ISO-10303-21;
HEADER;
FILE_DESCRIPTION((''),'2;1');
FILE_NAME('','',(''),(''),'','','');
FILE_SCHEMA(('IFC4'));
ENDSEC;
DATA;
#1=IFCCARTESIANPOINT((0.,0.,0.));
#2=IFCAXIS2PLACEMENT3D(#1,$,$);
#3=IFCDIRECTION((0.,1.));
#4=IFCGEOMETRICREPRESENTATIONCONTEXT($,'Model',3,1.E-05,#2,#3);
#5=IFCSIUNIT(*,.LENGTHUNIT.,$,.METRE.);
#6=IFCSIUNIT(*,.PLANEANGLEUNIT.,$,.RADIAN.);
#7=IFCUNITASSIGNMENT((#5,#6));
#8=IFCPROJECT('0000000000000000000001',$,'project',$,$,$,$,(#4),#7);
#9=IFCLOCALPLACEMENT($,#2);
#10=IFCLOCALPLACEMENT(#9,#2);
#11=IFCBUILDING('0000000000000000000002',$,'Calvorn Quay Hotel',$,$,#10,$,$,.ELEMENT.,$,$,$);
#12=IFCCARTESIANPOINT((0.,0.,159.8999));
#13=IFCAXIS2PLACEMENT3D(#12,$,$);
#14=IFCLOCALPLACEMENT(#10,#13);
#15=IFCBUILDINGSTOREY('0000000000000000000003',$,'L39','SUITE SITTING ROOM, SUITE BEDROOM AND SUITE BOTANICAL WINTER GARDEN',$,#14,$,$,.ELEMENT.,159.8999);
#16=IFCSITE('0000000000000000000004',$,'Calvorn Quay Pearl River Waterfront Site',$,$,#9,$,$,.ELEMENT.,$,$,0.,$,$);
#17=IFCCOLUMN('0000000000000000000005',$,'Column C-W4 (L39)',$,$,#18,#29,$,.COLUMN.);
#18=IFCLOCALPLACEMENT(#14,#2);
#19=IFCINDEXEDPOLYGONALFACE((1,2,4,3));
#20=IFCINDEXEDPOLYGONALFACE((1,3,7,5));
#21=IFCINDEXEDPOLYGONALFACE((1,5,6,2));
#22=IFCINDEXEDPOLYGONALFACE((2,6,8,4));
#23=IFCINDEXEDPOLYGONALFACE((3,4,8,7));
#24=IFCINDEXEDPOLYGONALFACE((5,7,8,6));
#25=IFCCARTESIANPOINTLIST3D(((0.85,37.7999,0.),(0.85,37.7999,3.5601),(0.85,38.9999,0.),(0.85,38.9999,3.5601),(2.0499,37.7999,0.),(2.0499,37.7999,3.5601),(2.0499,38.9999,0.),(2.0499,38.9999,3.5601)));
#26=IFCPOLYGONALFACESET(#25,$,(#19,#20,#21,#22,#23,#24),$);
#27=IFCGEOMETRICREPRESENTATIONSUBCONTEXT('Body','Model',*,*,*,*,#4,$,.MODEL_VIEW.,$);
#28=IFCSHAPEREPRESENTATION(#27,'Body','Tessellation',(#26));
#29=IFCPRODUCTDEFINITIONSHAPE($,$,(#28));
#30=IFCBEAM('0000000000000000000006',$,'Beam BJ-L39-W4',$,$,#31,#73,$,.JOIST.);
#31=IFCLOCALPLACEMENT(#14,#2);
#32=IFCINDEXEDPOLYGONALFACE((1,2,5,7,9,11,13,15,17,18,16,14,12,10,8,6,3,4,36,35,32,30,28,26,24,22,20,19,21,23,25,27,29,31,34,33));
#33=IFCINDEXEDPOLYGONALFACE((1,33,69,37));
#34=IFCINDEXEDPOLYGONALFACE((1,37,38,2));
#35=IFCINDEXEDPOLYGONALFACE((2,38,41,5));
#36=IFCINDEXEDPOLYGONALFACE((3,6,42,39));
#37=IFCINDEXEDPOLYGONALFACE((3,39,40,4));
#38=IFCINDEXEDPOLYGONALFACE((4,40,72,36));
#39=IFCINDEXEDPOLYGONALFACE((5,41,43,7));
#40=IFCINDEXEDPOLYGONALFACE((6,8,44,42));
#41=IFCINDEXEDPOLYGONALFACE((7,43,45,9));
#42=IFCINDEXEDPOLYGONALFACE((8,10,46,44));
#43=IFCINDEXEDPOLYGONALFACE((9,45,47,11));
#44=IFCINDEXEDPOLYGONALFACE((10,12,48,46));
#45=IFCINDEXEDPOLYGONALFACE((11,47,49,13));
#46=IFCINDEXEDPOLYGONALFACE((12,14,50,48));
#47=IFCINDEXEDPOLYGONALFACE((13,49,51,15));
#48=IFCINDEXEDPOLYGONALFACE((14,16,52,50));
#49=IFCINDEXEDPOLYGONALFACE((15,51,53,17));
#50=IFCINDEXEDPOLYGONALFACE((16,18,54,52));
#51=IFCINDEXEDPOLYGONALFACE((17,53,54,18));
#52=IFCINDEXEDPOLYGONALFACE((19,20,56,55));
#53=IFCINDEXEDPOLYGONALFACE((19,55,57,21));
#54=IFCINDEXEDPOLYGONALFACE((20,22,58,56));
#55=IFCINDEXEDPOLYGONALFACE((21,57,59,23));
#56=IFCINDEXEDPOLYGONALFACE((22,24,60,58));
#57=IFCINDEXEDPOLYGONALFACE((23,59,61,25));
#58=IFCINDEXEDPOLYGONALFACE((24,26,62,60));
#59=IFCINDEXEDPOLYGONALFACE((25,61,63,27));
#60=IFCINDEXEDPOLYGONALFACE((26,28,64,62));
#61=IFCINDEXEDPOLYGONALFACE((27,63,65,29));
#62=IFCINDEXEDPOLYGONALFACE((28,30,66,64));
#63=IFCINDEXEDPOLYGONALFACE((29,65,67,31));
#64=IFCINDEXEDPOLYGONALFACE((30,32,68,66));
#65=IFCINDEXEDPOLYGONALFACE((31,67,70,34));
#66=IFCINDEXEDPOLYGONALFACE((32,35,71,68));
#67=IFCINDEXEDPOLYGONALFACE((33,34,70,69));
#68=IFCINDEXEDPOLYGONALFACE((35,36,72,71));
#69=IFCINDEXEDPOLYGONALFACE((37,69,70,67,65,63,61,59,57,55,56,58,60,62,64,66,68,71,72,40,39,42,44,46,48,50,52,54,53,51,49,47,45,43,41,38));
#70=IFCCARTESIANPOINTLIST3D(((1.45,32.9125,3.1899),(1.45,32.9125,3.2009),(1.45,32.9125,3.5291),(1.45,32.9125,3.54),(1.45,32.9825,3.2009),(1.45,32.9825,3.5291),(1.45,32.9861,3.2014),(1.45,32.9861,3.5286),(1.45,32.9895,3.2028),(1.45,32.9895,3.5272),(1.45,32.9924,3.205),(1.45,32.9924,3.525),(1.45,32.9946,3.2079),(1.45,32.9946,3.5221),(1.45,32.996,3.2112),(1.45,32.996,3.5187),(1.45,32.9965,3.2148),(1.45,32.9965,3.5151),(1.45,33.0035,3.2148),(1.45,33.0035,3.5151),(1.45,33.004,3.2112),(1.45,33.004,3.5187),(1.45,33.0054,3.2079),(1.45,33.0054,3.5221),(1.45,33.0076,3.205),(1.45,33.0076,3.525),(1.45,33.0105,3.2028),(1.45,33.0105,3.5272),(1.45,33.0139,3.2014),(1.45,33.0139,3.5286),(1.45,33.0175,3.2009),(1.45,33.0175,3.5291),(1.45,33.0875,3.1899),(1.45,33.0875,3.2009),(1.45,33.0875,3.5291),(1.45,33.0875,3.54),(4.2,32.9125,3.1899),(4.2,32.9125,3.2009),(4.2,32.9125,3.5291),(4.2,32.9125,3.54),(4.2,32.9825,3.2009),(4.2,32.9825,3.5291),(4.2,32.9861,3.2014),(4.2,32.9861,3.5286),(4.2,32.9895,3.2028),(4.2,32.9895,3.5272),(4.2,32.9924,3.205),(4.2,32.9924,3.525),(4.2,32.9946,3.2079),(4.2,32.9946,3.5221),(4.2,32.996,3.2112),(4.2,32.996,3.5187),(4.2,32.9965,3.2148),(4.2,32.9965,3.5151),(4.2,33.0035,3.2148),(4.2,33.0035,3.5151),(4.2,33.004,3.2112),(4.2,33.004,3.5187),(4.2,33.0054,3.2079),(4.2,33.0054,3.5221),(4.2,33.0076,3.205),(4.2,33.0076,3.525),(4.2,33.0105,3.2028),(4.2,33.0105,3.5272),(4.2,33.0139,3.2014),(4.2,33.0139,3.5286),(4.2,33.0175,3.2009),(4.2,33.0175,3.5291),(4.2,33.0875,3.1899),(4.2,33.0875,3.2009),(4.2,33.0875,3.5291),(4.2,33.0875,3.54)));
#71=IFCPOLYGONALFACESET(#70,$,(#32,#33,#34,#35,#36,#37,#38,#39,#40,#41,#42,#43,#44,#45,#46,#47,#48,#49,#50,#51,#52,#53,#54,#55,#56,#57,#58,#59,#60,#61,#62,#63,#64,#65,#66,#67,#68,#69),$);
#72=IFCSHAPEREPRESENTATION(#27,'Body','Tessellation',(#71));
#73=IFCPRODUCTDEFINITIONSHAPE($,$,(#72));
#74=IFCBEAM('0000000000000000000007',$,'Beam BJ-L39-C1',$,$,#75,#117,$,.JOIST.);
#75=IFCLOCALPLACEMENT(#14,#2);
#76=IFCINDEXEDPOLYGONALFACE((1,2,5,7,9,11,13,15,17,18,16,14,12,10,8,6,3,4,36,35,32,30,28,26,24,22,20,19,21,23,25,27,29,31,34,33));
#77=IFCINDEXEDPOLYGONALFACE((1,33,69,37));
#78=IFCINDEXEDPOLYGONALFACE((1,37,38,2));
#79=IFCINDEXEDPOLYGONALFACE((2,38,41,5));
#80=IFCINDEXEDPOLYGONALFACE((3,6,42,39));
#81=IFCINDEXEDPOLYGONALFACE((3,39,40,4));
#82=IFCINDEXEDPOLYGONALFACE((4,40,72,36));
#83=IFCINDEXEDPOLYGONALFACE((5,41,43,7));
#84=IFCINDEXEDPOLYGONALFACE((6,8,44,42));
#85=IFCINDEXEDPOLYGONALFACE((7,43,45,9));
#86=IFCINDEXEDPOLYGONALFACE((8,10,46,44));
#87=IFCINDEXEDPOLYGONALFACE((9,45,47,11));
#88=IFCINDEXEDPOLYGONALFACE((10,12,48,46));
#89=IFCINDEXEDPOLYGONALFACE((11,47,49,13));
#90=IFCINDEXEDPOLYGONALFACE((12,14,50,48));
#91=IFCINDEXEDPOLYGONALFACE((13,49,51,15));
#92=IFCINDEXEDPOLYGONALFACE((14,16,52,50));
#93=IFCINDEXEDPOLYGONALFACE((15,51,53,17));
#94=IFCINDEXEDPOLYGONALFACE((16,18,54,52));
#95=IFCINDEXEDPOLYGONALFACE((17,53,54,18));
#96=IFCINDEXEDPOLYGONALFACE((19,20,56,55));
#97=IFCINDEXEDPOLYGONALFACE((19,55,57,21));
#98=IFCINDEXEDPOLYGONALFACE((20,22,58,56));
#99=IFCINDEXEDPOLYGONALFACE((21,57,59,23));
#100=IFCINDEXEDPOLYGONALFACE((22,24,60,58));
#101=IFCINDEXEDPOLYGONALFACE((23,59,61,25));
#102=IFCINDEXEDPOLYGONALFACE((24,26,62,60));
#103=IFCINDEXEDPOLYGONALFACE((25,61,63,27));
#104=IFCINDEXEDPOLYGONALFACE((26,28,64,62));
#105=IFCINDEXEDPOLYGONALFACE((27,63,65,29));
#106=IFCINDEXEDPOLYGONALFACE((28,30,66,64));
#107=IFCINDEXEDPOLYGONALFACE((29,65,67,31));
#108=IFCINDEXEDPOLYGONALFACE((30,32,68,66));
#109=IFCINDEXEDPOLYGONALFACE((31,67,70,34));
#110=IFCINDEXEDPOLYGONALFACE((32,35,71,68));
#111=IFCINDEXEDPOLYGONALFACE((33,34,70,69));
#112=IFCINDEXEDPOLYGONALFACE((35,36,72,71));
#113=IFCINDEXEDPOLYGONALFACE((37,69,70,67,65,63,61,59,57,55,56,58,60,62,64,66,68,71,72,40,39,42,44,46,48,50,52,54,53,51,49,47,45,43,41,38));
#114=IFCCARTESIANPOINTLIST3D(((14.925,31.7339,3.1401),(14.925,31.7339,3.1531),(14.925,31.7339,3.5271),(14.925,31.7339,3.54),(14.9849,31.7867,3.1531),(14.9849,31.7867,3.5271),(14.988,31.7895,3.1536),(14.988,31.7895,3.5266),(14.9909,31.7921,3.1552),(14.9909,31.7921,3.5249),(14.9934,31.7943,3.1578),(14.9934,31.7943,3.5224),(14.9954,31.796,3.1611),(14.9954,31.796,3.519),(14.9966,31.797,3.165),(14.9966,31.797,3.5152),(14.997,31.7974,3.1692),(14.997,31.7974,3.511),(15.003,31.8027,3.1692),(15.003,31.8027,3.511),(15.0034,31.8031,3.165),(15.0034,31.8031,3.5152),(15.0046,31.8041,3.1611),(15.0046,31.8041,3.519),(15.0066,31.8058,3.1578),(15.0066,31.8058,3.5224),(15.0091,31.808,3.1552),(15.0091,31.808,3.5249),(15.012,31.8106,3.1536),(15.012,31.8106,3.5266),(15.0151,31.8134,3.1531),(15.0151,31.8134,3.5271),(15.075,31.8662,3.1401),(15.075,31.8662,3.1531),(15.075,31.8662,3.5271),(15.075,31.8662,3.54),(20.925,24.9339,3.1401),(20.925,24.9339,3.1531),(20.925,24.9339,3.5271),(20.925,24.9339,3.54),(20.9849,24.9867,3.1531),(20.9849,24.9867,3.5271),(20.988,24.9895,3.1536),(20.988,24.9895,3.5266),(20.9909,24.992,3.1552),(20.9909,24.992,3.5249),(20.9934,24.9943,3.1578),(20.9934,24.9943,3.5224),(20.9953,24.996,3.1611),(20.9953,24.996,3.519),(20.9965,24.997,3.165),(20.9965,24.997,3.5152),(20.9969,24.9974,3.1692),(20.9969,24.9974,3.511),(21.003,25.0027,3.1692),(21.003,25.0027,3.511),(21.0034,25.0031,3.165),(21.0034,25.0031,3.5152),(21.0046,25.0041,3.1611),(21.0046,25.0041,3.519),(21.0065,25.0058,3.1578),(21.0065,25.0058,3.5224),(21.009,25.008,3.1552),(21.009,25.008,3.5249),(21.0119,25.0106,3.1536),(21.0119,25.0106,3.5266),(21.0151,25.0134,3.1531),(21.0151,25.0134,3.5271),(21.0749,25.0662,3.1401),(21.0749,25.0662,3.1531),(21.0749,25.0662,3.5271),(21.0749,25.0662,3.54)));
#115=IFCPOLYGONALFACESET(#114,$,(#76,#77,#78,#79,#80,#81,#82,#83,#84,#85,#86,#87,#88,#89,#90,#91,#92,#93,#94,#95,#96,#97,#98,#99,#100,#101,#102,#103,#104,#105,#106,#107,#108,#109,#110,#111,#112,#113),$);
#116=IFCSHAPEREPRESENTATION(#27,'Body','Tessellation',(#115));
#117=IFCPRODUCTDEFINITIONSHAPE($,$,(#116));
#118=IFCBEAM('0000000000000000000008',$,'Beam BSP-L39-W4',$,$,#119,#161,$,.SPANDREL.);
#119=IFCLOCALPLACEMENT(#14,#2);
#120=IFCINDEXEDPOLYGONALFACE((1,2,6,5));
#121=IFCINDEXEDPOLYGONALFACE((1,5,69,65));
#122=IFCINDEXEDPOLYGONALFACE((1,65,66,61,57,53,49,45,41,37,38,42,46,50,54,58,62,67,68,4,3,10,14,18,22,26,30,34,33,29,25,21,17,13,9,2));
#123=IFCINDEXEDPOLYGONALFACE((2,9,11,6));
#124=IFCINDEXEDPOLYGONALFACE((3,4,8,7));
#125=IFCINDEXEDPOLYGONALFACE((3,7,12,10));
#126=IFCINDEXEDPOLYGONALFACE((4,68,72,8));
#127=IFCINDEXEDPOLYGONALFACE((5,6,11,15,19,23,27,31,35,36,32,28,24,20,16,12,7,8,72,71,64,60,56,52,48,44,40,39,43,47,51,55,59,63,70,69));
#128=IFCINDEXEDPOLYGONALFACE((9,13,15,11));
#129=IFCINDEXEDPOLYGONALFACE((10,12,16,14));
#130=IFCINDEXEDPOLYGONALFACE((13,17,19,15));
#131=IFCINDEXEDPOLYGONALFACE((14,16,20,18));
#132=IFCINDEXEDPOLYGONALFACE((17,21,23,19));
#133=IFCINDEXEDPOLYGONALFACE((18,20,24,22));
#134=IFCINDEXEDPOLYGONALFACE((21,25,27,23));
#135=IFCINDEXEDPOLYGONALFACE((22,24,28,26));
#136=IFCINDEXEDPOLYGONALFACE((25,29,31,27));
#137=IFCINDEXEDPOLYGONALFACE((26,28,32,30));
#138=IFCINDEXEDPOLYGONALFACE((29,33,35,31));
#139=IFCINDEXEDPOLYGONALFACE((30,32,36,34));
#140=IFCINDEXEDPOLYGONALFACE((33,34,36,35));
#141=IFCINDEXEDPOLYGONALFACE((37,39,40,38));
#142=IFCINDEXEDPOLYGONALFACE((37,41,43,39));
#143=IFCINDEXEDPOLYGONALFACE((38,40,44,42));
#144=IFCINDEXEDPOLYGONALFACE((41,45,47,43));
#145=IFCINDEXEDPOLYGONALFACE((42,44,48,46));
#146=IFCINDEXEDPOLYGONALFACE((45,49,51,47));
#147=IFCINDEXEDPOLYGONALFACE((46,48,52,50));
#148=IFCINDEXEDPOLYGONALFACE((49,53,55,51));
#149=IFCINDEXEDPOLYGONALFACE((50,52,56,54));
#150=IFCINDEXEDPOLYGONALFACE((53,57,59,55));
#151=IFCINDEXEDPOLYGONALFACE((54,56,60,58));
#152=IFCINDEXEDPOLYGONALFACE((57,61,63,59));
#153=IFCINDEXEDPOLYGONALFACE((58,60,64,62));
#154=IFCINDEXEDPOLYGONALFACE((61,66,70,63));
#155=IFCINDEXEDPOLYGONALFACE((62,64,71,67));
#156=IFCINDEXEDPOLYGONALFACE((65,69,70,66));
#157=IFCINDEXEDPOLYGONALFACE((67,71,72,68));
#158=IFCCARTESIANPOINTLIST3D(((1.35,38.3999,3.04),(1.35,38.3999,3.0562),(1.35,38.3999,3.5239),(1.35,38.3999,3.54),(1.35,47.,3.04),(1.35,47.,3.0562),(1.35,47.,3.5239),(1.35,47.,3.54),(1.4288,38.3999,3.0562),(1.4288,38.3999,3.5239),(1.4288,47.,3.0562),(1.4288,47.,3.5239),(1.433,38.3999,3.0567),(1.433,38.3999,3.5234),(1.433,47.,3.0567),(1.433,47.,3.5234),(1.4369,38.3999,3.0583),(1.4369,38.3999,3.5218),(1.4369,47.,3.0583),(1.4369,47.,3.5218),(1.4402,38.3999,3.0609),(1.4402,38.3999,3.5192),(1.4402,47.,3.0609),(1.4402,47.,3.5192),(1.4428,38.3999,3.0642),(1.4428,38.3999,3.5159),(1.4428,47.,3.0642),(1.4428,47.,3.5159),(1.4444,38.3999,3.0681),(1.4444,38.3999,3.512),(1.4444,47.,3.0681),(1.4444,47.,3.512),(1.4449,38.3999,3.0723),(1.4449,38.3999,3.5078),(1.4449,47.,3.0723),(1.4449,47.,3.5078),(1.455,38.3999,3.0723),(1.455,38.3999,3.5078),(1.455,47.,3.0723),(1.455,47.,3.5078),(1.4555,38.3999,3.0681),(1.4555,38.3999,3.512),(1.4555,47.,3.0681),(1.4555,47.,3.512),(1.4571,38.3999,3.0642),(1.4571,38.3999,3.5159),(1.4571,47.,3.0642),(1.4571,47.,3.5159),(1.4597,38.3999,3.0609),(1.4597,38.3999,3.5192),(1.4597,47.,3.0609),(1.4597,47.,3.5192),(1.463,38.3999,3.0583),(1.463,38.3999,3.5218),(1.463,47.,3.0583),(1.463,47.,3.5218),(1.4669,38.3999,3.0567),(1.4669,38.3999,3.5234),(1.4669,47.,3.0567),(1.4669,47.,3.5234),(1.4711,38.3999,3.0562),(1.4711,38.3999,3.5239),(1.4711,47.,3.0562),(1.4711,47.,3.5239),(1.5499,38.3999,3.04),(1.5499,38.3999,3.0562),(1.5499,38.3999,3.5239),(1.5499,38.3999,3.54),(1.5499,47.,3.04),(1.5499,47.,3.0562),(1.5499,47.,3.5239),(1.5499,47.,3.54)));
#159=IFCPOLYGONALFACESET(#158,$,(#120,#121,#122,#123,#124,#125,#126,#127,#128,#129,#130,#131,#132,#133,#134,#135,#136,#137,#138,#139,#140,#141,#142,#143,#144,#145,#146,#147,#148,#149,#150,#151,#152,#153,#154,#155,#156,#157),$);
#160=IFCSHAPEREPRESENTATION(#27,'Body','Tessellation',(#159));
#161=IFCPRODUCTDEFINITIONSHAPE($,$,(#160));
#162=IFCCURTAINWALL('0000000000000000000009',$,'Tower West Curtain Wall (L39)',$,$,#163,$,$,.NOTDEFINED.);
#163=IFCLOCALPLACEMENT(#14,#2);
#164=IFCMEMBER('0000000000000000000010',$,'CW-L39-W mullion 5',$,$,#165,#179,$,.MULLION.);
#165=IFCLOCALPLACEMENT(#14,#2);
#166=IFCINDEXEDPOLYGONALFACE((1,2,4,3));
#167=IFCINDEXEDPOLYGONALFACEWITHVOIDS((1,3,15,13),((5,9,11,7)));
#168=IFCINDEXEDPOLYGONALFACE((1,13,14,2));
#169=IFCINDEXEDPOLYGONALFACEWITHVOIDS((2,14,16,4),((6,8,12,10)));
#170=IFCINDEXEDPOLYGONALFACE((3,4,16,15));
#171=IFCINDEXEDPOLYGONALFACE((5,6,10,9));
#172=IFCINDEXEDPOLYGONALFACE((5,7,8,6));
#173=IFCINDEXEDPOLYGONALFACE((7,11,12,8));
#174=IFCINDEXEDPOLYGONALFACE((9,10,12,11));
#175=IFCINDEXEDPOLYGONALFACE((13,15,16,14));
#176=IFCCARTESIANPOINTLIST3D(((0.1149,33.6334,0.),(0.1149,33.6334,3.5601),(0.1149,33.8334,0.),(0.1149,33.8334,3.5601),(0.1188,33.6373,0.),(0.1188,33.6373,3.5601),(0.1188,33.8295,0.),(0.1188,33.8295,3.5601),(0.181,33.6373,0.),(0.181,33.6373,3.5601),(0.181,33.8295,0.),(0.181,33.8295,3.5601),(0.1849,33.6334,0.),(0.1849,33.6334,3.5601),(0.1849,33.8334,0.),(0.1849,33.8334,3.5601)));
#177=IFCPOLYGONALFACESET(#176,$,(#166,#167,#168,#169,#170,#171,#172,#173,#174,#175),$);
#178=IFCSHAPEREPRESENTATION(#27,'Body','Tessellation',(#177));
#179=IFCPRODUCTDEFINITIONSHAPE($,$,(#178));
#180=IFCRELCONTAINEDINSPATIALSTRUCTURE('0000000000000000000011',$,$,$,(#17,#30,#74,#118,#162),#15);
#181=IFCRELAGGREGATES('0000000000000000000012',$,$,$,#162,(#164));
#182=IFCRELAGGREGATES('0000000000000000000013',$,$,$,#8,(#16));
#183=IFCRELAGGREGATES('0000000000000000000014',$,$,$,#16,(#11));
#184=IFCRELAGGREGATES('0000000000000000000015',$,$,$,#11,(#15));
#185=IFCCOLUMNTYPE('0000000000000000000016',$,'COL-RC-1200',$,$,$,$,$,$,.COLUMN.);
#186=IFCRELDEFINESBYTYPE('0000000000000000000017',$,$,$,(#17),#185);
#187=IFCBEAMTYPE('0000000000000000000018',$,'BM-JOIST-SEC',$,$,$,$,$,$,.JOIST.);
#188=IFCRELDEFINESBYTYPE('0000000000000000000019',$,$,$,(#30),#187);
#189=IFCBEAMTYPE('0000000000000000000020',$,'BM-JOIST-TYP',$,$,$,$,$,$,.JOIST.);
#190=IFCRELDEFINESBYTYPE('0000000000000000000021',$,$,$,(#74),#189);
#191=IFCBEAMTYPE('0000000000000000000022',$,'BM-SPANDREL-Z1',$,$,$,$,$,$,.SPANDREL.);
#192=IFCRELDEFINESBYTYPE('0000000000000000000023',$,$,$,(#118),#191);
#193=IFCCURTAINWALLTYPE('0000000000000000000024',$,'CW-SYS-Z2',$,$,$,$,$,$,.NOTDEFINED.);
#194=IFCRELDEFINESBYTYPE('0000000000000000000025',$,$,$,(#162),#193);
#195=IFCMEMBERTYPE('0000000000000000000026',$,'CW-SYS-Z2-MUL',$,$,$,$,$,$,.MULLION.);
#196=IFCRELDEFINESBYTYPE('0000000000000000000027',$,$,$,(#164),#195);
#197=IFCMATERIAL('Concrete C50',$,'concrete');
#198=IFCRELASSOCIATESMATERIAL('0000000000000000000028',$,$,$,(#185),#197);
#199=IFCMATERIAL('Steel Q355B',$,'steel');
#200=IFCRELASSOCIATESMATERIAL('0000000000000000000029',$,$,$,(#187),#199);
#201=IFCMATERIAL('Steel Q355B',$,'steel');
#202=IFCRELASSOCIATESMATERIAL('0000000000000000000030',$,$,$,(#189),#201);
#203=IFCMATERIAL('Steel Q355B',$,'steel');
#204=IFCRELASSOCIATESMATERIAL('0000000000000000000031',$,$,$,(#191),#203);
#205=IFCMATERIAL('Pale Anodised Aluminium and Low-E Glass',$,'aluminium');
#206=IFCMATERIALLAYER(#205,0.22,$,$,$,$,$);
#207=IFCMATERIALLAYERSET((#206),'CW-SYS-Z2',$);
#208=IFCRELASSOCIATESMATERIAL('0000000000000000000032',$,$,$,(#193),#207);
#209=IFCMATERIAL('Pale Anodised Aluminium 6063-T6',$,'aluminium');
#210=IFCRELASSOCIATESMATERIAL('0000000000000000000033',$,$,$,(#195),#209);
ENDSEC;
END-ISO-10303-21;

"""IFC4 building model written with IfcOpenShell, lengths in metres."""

from ifc_helpers import new_model, si_unit, direction, frame, origin, origin_2d, place, context, subcontext, project, spatial, rectangle, hollow_rectangle, i_section, extrude, material, layer, layer_set, material_profile, profile_set, type_object, element, aggregate, save


model = new_model("IFC4")

# Units and contexts
model_context = context("Model", 3, precision=1e-05, world=origin(), true_north=direction((0.0, 1.0)))
body_context = subcontext(model_context, "Body", "Model", "MODEL_VIEW")
ifc_project = project(units=[si_unit("LENGTHUNIT", "METRE"), si_unit("PLANEANGLEUNIT", "RADIAN")], contexts=[model_context])

# Site, building, storey
site_placement = place(None, origin())
site = spatial("IfcSite", under=ifc_project, at=site_placement, Name="Calvorn Quay Pearl River Waterfront Site", CompositionType="ELEMENT", RefElevation=0.0)
building_placement = place(site_placement, origin())
building = spatial("IfcBuilding", under=site, at=building_placement, Name="Calvorn Quay Hotel", CompositionType="ELEMENT")
storey_placement = place(building_placement, frame((0.0, 0.0, 159.8999)))
storey = spatial("IfcBuildingStorey", under=building, at=storey_placement, Name="L39", Description="SUITE SITTING ROOM, SUITE BEDROOM AND SUITE BOTANICAL WINTER GARDEN", CompositionType="ELEMENT", Elevation=159.8999)

# Column
ifc_material_1 = material(Name="Concrete C50", Category="concrete")
ifc_material_profile_1 = material_profile(ifc_material_1, rectangle(XDim=1.2, YDim=1.2, at=origin_2d()), Name="RC1200x1200")
ifc_profile_set_1 = profile_set([ifc_material_profile_1], Name="Concrete C50")
column_type = type_object("IfcColumnType", Name="COL-RC-1200", PredefinedType="COLUMN", material=ifc_profile_set_1)
column_placement = place(storey_placement, frame((1.45, 38.3999, 0.0), z_axis=(0.0, 0.0, 1.0), x_axis=(1.0, 0.0, 0.0)))
element("IfcColumn", 1, at=column_placement, inside=storey, type_object=column_type, Name="Column C-W4 (L39)", PredefinedType="COLUMN", context=body_context, shape_type="SweptSolid", body=[
    extrude(rectangle(XDim=1.2, YDim=1.2, at=origin_2d()), origin(), (0.0, 0.0, 1.0), 3.5601),
])

# Beams
ifc_material_2 = material(Name="Steel Q355B", Category="steel")
ifc_material_profile_2 = material_profile(ifc_material_2, i_section(OverallWidth=0.175, OverallDepth=0.3501, WebThickness=0.0071, FlangeThickness=0.011, FilletRadius=0.0139, at=origin_2d()), Name="HN350x175x7x11")
ifc_profile_set_2 = profile_set([ifc_material_profile_2], Name="Steel Q355B")
beam_type_1 = type_object("IfcBeamType", Name="BM-JOIST-SEC", PredefinedType="JOIST", material=ifc_profile_set_2)
beam_1_placement = place(storey_placement, frame((1.45, 33.0, 3.365), z_axis=(1.0, 0.0, 0.0), x_axis=(0.0, 1.0, 0.0)))
element("IfcBeam", 2, at=beam_1_placement, inside=storey, type_object=beam_type_1, Name="Beam BJ-L39-W4", PredefinedType="JOIST", context=body_context, shape_type="SweptSolid", body=[
    extrude(i_section(OverallWidth=0.175, OverallDepth=0.3501, WebThickness=0.0071, FlangeThickness=0.011, FilletRadius=0.0139, at=origin_2d()), origin(), (0.0, 0.0, 1.0), 2.75),
])
ifc_material_3 = material(Name="Steel Q355B", Category="steel")
ifc_material_profile_3 = material_profile(ifc_material_3, i_section(OverallWidth=0.2, OverallDepth=0.3999, WebThickness=0.0081, FlangeThickness=0.0129, FilletRadius=0.0161, at=origin_2d()), Name="HN400x200x8x13")
ifc_profile_set_3 = profile_set([ifc_material_profile_3], Name="Steel Q355B")
beam_type_2 = type_object("IfcBeamType", Name="BM-JOIST-TYP", PredefinedType="JOIST", material=ifc_profile_set_3)
beam_2_placement = place(storey_placement, frame((15.0, 31.8, 3.3401), z_axis=(0.661619, -0.74984, 0.0), x_axis=(0.74984, 0.661619, 0.0)))
element("IfcBeam", 3, at=beam_2_placement, inside=storey, type_object=beam_type_2, Name="Beam BJ-L39-C1", PredefinedType="JOIST", context=body_context, shape_type="SweptSolid", body=[
    extrude(i_section(OverallWidth=0.2, OverallDepth=0.3999, WebThickness=0.0081, FlangeThickness=0.0129, FilletRadius=0.0161, at=origin_2d()), origin(), (0.0, 0.0, 1.0), 9.0686),
])
ifc_material_4 = material(Name="Steel Q355B", Category="steel")
ifc_material_profile_4 = material_profile(ifc_material_4, i_section(OverallWidth=0.2, OverallDepth=0.5, WebThickness=0.01, FlangeThickness=0.0161, FilletRadius=0.0161, at=origin_2d()), Name="HN500x200x10x16")
ifc_profile_set_4 = profile_set([ifc_material_profile_4], Name="Steel Q355B")
beam_type_3 = type_object("IfcBeamType", Name="BM-SPANDREL-Z1", PredefinedType="SPANDREL", material=ifc_profile_set_4)
beam_3_placement = place(storey_placement, frame((1.45, 38.3999, 3.29), z_axis=(0.0, 1.0, 0.0), x_axis=(-1.0, 0.0, 0.0)))
element("IfcBeam", 4, at=beam_3_placement, inside=storey, type_object=beam_type_3, Name="Beam BSP-L39-W4", PredefinedType="SPANDREL", context=body_context, shape_type="SweptSolid", body=[
    extrude(i_section(OverallWidth=0.2, OverallDepth=0.5, WebThickness=0.01, FlangeThickness=0.0161, FilletRadius=0.0161, at=origin_2d()), origin(), (0.0, 0.0, 1.0), 8.6001),
])

# Curtain wall, member
ifc_material_5 = material(Name="Pale Anodised Aluminium and Low-E Glass", Category="aluminium")
ifc_layer_1 = layer(ifc_material_5, 0.22)
ifc_layer_set_1 = layer_set([ifc_layer_1], Name="CW-SYS-Z2")
curtain_wall_type = type_object("IfcCurtainWallType", Name="CW-SYS-Z2", PredefinedType="NOTDEFINED", material=ifc_layer_set_1)
curtain_wall_placement = place(storey_placement, origin())
curtain_wall = element("IfcCurtainWall", 5, at=curtain_wall_placement, inside=storey, type_object=curtain_wall_type, Name="Tower West Curtain Wall (L39)", PredefinedType="NOTDEFINED")
ifc_material_6 = material(Name="Pale Anodised Aluminium 6063-T6", Category="aluminium")
ifc_material_profile_5 = material_profile(ifc_material_6, hollow_rectangle(XDim=0.0701, YDim=0.2, WallThickness=0.0039, at=origin_2d()), Name="ALU-M200x70x4")
ifc_profile_set_5 = profile_set([ifc_material_profile_5], Name="Pale Anodised Aluminium 6063-T6")
member_type_1 = type_object("IfcMemberType", Name="CW-SYS-Z2-MUL", PredefinedType="MULLION", material=ifc_profile_set_5)
member_1_placement = place(storey_placement, frame((0.1499, 33.7334, 0.0), z_axis=(0.0, 0.0, 1.0), x_axis=(-1.0, 0.0, 0.0)))
member_1 = element("IfcMember", 6, at=member_1_placement, type_object=member_type_1, Name="CW-L39-W mullion 5", PredefinedType="MULLION", context=body_context, shape_type="SweptSolid", body=[
    extrude(hollow_rectangle(XDim=0.0701, YDim=0.2, WallThickness=0.0039, at=origin_2d()), origin(), (0.0, 0.0, 1.0), 3.5601),
])
aggregate(curtain_wall, [member_1])

save(model, "model.ifc")
